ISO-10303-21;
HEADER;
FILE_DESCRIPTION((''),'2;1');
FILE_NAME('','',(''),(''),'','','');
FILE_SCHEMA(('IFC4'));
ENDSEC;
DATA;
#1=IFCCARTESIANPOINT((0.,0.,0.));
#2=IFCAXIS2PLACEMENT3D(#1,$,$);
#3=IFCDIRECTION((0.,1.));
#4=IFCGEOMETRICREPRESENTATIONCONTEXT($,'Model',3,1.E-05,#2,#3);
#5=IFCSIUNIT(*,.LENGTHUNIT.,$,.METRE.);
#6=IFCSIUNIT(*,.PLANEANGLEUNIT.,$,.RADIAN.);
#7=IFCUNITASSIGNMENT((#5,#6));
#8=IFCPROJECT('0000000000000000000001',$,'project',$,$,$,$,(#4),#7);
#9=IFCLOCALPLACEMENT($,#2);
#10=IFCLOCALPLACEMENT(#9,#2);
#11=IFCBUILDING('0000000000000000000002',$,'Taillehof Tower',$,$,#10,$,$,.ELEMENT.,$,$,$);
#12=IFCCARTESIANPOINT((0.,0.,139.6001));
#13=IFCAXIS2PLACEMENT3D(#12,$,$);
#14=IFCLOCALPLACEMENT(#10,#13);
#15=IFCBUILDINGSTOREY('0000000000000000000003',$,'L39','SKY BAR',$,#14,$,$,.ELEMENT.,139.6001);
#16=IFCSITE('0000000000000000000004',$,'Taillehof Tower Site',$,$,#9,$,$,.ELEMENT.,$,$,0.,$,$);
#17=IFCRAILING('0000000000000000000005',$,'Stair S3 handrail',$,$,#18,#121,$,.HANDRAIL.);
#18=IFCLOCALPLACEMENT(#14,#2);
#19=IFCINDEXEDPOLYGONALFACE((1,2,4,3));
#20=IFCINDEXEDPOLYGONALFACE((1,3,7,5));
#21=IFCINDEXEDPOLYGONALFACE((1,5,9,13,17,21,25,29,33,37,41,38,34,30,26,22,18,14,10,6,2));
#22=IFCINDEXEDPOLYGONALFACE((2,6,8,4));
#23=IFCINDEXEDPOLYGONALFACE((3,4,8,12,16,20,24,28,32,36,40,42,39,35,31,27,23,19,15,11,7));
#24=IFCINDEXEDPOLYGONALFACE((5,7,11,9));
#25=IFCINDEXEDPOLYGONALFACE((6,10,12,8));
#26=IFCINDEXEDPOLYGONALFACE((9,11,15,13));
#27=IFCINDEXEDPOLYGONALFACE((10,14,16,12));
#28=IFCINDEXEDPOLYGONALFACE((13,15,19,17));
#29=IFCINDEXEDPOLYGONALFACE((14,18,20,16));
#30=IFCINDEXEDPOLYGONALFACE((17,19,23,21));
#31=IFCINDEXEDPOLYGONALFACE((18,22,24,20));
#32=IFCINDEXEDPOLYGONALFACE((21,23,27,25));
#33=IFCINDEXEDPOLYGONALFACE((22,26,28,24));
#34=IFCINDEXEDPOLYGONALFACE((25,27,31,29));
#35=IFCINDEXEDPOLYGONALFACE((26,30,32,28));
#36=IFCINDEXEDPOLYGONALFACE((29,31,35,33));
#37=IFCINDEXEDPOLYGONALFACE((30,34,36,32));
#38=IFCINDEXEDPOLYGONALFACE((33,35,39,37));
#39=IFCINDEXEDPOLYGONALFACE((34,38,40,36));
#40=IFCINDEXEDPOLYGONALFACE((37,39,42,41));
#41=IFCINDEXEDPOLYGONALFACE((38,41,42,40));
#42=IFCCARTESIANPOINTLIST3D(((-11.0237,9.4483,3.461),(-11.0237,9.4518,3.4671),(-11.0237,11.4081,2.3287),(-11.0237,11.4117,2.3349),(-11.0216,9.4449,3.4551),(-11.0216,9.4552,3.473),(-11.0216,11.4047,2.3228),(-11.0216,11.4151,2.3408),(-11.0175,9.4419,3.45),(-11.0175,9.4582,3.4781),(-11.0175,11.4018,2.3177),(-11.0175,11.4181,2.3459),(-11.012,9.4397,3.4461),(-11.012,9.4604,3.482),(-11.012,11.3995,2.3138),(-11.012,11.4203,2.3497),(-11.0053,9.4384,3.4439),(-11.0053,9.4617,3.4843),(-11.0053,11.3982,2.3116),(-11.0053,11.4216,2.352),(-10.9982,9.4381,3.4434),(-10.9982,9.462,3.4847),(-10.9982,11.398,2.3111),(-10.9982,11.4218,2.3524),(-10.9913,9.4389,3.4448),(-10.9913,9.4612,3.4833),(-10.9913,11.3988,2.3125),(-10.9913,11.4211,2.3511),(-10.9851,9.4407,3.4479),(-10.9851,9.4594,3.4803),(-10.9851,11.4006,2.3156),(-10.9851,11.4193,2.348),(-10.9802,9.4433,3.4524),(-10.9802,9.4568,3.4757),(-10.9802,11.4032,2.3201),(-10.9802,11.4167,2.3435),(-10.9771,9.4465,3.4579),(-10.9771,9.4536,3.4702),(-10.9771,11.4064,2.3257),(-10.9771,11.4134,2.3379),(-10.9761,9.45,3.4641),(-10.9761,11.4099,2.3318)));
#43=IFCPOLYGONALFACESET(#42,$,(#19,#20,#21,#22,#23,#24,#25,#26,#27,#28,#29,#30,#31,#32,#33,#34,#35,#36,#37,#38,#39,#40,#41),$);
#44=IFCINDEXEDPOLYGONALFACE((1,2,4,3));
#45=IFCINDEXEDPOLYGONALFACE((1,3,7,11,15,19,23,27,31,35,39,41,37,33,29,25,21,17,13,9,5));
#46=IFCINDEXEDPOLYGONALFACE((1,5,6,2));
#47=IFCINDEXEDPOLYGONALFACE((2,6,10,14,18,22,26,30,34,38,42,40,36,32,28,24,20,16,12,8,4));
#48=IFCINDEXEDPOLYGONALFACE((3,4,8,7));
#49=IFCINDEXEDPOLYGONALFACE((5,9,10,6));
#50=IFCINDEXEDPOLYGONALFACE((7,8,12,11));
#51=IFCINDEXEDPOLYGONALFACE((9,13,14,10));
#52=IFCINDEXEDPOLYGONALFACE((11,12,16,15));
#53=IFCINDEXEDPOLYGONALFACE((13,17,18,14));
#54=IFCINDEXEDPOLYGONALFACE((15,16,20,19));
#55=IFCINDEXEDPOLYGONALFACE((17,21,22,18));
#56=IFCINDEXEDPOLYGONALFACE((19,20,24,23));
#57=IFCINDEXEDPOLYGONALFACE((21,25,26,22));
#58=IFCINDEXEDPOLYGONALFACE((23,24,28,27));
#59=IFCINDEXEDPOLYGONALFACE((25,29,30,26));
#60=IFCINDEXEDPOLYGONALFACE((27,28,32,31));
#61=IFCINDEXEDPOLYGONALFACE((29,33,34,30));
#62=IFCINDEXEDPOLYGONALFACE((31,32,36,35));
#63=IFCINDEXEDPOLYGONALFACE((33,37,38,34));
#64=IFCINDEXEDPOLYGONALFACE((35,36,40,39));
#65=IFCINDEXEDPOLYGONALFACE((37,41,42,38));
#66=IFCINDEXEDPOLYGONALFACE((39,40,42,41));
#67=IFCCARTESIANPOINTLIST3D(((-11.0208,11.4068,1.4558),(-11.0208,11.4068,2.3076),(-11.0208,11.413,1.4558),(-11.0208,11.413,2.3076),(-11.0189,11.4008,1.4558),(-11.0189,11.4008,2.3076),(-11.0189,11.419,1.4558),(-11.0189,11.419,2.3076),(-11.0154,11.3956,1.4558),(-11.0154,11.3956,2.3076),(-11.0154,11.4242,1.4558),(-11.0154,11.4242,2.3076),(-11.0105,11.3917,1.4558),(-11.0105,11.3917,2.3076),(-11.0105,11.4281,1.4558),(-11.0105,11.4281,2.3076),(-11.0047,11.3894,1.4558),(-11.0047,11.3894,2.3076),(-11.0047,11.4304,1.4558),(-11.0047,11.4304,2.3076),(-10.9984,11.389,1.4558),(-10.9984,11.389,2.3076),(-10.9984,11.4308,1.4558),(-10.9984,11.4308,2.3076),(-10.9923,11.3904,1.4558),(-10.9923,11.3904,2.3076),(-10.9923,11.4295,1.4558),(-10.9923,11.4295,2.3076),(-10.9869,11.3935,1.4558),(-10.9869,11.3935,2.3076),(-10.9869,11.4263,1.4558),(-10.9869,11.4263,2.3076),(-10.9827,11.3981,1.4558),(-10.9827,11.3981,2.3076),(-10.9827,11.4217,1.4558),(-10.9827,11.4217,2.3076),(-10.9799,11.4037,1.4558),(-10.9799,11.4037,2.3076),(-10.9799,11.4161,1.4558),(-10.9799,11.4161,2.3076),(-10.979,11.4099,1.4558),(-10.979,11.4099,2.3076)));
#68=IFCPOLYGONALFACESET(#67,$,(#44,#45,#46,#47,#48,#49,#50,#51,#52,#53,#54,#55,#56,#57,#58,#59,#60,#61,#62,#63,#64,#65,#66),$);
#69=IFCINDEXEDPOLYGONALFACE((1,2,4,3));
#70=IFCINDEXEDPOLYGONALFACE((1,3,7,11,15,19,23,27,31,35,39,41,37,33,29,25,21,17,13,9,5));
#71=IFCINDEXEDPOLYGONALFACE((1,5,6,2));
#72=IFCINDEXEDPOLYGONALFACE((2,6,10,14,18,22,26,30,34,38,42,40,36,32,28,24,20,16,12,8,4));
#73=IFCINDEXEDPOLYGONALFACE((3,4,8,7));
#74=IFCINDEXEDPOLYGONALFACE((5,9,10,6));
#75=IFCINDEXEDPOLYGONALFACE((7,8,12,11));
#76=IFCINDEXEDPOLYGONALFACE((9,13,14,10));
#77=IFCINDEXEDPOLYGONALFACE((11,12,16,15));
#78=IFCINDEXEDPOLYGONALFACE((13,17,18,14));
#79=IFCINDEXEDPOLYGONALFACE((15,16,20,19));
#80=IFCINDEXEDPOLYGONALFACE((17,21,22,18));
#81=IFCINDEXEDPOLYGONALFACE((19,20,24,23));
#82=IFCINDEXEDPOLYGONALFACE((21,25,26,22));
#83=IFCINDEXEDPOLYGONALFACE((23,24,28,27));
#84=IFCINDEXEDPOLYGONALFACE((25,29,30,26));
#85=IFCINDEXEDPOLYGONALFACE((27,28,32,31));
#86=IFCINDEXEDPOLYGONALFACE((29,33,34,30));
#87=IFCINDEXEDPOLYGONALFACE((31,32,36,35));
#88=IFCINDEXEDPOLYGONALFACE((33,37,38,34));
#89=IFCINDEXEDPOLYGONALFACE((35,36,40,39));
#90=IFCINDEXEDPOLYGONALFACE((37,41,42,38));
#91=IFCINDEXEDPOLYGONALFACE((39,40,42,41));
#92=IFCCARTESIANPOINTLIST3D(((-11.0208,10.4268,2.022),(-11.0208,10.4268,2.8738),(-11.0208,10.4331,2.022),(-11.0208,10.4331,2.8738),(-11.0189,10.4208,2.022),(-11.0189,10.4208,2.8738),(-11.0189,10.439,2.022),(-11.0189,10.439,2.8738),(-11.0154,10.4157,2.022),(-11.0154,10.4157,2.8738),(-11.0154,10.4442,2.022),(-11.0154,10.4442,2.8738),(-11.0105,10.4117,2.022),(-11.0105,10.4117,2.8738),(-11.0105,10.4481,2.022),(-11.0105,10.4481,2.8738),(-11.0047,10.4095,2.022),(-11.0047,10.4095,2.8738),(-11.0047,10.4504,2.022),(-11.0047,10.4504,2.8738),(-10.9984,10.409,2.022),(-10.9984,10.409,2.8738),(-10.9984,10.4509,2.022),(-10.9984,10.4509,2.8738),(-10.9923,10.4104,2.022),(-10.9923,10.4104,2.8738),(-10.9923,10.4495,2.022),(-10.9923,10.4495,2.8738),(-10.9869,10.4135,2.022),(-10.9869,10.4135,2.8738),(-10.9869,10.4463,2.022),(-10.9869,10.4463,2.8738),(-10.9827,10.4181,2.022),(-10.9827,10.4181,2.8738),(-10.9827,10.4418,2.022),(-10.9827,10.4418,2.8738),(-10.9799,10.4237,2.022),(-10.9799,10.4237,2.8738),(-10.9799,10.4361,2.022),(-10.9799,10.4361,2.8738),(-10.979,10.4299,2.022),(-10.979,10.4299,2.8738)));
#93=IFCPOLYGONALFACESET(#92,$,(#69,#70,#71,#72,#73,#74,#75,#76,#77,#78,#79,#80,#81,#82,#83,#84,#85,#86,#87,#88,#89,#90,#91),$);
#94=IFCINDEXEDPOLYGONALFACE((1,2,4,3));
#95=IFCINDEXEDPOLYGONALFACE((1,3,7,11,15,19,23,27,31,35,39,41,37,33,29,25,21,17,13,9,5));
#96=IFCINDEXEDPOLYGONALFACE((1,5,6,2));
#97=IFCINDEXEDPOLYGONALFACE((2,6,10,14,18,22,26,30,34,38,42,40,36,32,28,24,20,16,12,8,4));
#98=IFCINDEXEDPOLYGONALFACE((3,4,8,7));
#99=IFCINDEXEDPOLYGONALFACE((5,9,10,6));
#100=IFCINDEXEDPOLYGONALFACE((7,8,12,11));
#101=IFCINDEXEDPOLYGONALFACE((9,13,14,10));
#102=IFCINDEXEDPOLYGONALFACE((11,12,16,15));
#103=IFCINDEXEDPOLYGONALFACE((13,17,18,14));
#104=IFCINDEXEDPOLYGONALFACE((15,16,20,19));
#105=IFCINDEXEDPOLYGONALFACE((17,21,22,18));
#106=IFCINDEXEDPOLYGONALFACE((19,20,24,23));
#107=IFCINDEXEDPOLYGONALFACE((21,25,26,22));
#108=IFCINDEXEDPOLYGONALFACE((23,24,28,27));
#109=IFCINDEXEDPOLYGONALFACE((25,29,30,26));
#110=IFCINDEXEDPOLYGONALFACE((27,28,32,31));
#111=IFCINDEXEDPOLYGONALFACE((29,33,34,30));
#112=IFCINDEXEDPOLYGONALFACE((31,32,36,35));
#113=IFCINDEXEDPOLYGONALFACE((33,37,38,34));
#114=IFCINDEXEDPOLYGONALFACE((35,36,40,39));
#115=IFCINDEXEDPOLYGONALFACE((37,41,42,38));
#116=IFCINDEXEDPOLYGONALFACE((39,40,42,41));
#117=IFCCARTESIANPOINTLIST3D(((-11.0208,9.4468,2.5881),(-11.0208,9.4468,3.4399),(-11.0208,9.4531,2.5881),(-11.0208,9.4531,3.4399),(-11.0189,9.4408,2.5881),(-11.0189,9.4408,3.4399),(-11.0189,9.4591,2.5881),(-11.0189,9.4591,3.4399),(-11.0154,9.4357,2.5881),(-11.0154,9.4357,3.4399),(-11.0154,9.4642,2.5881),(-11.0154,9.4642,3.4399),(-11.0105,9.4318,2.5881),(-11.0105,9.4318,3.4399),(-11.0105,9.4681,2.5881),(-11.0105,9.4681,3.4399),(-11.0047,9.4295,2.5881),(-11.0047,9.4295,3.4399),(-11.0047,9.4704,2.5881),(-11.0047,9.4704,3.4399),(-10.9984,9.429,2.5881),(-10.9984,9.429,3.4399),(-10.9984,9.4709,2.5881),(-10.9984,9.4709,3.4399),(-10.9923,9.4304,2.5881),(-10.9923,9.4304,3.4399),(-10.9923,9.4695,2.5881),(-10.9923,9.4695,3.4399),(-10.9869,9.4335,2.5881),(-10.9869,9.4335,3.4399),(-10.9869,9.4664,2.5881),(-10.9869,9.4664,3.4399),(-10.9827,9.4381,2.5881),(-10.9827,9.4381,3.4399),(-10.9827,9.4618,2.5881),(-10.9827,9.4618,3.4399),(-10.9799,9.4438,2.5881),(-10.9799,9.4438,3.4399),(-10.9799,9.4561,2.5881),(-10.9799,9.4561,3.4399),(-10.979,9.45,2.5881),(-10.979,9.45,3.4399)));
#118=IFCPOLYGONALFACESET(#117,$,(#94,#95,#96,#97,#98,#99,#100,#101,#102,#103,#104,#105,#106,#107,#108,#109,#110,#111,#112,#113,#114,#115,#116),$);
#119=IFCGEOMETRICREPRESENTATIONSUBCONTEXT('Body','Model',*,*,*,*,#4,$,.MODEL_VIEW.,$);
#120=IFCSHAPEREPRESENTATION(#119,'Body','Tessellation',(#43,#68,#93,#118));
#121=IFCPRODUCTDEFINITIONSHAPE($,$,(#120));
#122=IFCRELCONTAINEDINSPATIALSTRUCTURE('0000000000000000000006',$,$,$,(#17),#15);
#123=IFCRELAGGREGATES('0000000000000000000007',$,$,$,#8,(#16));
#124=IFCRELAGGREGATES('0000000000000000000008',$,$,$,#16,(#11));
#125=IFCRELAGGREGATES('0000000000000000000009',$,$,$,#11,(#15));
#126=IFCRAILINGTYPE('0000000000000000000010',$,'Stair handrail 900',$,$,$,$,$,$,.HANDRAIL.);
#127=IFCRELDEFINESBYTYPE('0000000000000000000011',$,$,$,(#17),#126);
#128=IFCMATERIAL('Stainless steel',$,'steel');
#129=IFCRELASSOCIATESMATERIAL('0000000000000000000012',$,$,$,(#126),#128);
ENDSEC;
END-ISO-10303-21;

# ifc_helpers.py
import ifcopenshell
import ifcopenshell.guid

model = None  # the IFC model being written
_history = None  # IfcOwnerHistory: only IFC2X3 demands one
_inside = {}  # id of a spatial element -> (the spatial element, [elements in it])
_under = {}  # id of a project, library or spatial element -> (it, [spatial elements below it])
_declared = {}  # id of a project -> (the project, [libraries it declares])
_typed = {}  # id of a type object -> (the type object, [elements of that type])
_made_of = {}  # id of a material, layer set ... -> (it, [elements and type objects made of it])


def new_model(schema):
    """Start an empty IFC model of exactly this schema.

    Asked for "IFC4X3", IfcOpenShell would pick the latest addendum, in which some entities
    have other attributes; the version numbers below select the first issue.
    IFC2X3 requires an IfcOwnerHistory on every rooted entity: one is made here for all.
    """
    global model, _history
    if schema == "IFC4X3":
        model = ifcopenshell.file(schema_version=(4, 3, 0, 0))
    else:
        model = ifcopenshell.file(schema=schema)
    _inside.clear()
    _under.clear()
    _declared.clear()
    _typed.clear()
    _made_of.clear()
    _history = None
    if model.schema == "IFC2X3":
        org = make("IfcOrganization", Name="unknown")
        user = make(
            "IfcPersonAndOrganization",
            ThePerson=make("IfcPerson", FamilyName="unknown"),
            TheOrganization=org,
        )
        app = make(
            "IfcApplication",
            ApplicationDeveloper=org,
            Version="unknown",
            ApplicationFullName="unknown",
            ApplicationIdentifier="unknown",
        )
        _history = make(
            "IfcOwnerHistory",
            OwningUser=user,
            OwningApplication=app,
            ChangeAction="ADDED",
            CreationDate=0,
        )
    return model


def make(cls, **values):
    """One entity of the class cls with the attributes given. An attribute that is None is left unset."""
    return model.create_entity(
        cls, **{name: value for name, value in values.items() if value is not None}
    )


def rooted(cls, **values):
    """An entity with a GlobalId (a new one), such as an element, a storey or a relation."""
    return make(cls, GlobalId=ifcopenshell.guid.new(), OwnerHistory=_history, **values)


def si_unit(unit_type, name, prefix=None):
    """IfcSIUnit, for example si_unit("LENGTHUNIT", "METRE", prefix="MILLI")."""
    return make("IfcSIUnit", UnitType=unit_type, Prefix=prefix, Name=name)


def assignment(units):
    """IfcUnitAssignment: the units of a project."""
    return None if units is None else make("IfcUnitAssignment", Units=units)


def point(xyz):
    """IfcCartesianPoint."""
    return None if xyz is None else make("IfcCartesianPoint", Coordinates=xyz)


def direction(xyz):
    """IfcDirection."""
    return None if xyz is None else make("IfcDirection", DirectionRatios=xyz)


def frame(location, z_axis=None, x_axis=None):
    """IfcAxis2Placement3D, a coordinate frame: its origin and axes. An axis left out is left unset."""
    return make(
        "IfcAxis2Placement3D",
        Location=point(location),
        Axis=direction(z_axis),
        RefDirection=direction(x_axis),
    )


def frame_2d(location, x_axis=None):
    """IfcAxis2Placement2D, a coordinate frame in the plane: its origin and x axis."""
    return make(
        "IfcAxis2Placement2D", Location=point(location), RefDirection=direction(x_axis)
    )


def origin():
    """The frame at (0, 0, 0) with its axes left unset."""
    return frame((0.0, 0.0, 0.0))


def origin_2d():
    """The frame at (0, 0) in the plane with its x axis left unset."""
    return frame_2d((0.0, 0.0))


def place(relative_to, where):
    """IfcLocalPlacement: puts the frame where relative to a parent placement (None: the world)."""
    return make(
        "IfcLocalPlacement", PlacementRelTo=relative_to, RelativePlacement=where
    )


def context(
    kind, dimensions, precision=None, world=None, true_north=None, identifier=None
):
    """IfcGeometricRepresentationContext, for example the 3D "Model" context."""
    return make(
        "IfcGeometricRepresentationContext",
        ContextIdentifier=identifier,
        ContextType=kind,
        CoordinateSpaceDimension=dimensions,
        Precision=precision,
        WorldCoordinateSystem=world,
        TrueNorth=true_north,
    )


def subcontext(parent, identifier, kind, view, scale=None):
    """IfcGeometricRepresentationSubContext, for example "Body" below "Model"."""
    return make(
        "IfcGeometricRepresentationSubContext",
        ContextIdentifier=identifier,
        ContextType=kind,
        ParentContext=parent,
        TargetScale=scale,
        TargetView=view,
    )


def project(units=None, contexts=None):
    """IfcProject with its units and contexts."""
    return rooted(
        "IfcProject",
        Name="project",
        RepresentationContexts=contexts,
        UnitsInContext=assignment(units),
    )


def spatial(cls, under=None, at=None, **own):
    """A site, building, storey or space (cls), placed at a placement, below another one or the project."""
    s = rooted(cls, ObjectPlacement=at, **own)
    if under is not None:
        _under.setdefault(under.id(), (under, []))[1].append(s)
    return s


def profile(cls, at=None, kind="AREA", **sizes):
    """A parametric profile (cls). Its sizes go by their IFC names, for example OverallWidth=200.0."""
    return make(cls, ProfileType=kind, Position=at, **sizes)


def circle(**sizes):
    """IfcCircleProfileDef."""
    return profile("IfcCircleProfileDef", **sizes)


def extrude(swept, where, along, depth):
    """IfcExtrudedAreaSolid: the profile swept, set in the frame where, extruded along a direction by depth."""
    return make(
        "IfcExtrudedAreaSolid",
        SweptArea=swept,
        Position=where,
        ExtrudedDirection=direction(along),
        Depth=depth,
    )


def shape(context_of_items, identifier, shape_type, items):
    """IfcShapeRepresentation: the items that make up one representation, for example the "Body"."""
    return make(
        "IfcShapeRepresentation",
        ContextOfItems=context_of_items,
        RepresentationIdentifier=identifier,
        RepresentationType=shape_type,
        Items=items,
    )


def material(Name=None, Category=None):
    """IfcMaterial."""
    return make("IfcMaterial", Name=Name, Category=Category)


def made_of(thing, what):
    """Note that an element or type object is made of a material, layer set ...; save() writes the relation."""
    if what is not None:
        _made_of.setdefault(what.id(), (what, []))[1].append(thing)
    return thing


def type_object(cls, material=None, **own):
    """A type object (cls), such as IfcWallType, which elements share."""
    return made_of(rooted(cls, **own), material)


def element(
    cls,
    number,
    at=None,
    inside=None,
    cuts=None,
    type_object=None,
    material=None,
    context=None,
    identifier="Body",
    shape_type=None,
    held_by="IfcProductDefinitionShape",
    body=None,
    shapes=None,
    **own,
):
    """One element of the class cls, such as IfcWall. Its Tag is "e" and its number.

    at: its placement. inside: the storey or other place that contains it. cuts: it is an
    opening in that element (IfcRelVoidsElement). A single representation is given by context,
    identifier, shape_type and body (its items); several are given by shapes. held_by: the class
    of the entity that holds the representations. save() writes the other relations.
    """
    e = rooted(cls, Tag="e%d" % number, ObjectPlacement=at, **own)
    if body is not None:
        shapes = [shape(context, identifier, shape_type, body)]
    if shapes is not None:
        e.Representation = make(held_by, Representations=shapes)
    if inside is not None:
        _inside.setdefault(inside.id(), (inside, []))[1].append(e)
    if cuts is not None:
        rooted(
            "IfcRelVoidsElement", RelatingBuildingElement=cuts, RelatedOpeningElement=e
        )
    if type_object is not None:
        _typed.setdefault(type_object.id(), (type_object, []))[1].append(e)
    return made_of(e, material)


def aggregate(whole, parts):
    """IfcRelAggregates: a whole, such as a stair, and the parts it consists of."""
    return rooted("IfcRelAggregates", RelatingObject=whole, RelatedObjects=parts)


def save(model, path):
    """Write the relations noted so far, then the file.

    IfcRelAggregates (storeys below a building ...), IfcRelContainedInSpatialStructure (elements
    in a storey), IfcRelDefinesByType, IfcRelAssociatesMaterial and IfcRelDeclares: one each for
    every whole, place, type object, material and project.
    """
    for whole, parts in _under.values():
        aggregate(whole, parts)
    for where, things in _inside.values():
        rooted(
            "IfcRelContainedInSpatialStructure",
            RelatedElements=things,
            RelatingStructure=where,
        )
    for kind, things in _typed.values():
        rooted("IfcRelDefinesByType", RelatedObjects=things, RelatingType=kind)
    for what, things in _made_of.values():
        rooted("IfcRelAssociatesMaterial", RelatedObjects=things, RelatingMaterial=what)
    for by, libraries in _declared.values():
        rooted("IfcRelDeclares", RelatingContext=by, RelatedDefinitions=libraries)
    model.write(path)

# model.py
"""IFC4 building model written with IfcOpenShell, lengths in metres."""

from ifc_helpers import new_model, si_unit, direction, frame, origin, origin_2d, place, context, subcontext, project, spatial, circle, extrude, material, type_object, element, save


model = new_model("IFC4")

# Units and contexts
model_context = context("Model", 3, precision=1e-05, world=origin(), true_north=direction((0.0, 1.0)))
body_context = subcontext(model_context, "Body", "Model", "MODEL_VIEW")
ifc_project = project(units=[si_unit("LENGTHUNIT", "METRE"), si_unit("PLANEANGLEUNIT", "RADIAN")], contexts=[model_context])

# Site, building, storey
site_placement = place(None, origin())
site = spatial("IfcSite", under=ifc_project, at=site_placement, Name="Taillehof Tower Site", CompositionType="ELEMENT", RefElevation=0.0)
building_placement = place(site_placement, origin())
building = spatial("IfcBuilding", under=site, at=building_placement, Name="Taillehof Tower", CompositionType="ELEMENT")
storey_placement = place(building_placement, frame((0.0, 0.0, 139.6001)))
storey = spatial("IfcBuildingStorey", under=building, at=storey_placement, Name="L39", Description="SKY BAR", CompositionType="ELEMENT", Elevation=139.6001)

# Railing
ifc_material_1 = material(Name="Stainless steel", Category="steel")
railing_type = type_object("IfcRailingType", Name="Stair handrail 900", PredefinedType="HANDRAIL", material=ifc_material_1)
railing_1_placement = place(storey_placement, frame((-11.0, 11.4099, 1.4558)))
element("IfcRailing", 1, at=railing_1_placement, inside=storey, type_object=railing_type, Name="Stair S3 handrail", PredefinedType="HANDRAIL", context=body_context, shape_type="SweptSolid", body=[
    extrude(circle(Radius=0.0239, at=origin_2d()), frame((0.0, 0.0, 0.876), z_axis=(0.0, -0.865884, 0.500245), x_axis=(1.0, 0.0, 0.0)), (0.0, 0.0, 1.0), 2.2634),
    extrude(circle(Radius=0.021, at=origin_2d()), origin(), (0.0, 0.0, 1.0), 0.8518),
    extrude(circle(Radius=0.021, at=origin_2d()), frame((0.0, -0.98, 0.5662)), (0.0, 0.0, 1.0), 0.8518),
    extrude(circle(Radius=0.021, at=origin_2d()), frame((0.0, -1.96, 1.1323)), (0.0, 0.0, 1.0), 0.8518),
])

save(model, "model.ifc")
